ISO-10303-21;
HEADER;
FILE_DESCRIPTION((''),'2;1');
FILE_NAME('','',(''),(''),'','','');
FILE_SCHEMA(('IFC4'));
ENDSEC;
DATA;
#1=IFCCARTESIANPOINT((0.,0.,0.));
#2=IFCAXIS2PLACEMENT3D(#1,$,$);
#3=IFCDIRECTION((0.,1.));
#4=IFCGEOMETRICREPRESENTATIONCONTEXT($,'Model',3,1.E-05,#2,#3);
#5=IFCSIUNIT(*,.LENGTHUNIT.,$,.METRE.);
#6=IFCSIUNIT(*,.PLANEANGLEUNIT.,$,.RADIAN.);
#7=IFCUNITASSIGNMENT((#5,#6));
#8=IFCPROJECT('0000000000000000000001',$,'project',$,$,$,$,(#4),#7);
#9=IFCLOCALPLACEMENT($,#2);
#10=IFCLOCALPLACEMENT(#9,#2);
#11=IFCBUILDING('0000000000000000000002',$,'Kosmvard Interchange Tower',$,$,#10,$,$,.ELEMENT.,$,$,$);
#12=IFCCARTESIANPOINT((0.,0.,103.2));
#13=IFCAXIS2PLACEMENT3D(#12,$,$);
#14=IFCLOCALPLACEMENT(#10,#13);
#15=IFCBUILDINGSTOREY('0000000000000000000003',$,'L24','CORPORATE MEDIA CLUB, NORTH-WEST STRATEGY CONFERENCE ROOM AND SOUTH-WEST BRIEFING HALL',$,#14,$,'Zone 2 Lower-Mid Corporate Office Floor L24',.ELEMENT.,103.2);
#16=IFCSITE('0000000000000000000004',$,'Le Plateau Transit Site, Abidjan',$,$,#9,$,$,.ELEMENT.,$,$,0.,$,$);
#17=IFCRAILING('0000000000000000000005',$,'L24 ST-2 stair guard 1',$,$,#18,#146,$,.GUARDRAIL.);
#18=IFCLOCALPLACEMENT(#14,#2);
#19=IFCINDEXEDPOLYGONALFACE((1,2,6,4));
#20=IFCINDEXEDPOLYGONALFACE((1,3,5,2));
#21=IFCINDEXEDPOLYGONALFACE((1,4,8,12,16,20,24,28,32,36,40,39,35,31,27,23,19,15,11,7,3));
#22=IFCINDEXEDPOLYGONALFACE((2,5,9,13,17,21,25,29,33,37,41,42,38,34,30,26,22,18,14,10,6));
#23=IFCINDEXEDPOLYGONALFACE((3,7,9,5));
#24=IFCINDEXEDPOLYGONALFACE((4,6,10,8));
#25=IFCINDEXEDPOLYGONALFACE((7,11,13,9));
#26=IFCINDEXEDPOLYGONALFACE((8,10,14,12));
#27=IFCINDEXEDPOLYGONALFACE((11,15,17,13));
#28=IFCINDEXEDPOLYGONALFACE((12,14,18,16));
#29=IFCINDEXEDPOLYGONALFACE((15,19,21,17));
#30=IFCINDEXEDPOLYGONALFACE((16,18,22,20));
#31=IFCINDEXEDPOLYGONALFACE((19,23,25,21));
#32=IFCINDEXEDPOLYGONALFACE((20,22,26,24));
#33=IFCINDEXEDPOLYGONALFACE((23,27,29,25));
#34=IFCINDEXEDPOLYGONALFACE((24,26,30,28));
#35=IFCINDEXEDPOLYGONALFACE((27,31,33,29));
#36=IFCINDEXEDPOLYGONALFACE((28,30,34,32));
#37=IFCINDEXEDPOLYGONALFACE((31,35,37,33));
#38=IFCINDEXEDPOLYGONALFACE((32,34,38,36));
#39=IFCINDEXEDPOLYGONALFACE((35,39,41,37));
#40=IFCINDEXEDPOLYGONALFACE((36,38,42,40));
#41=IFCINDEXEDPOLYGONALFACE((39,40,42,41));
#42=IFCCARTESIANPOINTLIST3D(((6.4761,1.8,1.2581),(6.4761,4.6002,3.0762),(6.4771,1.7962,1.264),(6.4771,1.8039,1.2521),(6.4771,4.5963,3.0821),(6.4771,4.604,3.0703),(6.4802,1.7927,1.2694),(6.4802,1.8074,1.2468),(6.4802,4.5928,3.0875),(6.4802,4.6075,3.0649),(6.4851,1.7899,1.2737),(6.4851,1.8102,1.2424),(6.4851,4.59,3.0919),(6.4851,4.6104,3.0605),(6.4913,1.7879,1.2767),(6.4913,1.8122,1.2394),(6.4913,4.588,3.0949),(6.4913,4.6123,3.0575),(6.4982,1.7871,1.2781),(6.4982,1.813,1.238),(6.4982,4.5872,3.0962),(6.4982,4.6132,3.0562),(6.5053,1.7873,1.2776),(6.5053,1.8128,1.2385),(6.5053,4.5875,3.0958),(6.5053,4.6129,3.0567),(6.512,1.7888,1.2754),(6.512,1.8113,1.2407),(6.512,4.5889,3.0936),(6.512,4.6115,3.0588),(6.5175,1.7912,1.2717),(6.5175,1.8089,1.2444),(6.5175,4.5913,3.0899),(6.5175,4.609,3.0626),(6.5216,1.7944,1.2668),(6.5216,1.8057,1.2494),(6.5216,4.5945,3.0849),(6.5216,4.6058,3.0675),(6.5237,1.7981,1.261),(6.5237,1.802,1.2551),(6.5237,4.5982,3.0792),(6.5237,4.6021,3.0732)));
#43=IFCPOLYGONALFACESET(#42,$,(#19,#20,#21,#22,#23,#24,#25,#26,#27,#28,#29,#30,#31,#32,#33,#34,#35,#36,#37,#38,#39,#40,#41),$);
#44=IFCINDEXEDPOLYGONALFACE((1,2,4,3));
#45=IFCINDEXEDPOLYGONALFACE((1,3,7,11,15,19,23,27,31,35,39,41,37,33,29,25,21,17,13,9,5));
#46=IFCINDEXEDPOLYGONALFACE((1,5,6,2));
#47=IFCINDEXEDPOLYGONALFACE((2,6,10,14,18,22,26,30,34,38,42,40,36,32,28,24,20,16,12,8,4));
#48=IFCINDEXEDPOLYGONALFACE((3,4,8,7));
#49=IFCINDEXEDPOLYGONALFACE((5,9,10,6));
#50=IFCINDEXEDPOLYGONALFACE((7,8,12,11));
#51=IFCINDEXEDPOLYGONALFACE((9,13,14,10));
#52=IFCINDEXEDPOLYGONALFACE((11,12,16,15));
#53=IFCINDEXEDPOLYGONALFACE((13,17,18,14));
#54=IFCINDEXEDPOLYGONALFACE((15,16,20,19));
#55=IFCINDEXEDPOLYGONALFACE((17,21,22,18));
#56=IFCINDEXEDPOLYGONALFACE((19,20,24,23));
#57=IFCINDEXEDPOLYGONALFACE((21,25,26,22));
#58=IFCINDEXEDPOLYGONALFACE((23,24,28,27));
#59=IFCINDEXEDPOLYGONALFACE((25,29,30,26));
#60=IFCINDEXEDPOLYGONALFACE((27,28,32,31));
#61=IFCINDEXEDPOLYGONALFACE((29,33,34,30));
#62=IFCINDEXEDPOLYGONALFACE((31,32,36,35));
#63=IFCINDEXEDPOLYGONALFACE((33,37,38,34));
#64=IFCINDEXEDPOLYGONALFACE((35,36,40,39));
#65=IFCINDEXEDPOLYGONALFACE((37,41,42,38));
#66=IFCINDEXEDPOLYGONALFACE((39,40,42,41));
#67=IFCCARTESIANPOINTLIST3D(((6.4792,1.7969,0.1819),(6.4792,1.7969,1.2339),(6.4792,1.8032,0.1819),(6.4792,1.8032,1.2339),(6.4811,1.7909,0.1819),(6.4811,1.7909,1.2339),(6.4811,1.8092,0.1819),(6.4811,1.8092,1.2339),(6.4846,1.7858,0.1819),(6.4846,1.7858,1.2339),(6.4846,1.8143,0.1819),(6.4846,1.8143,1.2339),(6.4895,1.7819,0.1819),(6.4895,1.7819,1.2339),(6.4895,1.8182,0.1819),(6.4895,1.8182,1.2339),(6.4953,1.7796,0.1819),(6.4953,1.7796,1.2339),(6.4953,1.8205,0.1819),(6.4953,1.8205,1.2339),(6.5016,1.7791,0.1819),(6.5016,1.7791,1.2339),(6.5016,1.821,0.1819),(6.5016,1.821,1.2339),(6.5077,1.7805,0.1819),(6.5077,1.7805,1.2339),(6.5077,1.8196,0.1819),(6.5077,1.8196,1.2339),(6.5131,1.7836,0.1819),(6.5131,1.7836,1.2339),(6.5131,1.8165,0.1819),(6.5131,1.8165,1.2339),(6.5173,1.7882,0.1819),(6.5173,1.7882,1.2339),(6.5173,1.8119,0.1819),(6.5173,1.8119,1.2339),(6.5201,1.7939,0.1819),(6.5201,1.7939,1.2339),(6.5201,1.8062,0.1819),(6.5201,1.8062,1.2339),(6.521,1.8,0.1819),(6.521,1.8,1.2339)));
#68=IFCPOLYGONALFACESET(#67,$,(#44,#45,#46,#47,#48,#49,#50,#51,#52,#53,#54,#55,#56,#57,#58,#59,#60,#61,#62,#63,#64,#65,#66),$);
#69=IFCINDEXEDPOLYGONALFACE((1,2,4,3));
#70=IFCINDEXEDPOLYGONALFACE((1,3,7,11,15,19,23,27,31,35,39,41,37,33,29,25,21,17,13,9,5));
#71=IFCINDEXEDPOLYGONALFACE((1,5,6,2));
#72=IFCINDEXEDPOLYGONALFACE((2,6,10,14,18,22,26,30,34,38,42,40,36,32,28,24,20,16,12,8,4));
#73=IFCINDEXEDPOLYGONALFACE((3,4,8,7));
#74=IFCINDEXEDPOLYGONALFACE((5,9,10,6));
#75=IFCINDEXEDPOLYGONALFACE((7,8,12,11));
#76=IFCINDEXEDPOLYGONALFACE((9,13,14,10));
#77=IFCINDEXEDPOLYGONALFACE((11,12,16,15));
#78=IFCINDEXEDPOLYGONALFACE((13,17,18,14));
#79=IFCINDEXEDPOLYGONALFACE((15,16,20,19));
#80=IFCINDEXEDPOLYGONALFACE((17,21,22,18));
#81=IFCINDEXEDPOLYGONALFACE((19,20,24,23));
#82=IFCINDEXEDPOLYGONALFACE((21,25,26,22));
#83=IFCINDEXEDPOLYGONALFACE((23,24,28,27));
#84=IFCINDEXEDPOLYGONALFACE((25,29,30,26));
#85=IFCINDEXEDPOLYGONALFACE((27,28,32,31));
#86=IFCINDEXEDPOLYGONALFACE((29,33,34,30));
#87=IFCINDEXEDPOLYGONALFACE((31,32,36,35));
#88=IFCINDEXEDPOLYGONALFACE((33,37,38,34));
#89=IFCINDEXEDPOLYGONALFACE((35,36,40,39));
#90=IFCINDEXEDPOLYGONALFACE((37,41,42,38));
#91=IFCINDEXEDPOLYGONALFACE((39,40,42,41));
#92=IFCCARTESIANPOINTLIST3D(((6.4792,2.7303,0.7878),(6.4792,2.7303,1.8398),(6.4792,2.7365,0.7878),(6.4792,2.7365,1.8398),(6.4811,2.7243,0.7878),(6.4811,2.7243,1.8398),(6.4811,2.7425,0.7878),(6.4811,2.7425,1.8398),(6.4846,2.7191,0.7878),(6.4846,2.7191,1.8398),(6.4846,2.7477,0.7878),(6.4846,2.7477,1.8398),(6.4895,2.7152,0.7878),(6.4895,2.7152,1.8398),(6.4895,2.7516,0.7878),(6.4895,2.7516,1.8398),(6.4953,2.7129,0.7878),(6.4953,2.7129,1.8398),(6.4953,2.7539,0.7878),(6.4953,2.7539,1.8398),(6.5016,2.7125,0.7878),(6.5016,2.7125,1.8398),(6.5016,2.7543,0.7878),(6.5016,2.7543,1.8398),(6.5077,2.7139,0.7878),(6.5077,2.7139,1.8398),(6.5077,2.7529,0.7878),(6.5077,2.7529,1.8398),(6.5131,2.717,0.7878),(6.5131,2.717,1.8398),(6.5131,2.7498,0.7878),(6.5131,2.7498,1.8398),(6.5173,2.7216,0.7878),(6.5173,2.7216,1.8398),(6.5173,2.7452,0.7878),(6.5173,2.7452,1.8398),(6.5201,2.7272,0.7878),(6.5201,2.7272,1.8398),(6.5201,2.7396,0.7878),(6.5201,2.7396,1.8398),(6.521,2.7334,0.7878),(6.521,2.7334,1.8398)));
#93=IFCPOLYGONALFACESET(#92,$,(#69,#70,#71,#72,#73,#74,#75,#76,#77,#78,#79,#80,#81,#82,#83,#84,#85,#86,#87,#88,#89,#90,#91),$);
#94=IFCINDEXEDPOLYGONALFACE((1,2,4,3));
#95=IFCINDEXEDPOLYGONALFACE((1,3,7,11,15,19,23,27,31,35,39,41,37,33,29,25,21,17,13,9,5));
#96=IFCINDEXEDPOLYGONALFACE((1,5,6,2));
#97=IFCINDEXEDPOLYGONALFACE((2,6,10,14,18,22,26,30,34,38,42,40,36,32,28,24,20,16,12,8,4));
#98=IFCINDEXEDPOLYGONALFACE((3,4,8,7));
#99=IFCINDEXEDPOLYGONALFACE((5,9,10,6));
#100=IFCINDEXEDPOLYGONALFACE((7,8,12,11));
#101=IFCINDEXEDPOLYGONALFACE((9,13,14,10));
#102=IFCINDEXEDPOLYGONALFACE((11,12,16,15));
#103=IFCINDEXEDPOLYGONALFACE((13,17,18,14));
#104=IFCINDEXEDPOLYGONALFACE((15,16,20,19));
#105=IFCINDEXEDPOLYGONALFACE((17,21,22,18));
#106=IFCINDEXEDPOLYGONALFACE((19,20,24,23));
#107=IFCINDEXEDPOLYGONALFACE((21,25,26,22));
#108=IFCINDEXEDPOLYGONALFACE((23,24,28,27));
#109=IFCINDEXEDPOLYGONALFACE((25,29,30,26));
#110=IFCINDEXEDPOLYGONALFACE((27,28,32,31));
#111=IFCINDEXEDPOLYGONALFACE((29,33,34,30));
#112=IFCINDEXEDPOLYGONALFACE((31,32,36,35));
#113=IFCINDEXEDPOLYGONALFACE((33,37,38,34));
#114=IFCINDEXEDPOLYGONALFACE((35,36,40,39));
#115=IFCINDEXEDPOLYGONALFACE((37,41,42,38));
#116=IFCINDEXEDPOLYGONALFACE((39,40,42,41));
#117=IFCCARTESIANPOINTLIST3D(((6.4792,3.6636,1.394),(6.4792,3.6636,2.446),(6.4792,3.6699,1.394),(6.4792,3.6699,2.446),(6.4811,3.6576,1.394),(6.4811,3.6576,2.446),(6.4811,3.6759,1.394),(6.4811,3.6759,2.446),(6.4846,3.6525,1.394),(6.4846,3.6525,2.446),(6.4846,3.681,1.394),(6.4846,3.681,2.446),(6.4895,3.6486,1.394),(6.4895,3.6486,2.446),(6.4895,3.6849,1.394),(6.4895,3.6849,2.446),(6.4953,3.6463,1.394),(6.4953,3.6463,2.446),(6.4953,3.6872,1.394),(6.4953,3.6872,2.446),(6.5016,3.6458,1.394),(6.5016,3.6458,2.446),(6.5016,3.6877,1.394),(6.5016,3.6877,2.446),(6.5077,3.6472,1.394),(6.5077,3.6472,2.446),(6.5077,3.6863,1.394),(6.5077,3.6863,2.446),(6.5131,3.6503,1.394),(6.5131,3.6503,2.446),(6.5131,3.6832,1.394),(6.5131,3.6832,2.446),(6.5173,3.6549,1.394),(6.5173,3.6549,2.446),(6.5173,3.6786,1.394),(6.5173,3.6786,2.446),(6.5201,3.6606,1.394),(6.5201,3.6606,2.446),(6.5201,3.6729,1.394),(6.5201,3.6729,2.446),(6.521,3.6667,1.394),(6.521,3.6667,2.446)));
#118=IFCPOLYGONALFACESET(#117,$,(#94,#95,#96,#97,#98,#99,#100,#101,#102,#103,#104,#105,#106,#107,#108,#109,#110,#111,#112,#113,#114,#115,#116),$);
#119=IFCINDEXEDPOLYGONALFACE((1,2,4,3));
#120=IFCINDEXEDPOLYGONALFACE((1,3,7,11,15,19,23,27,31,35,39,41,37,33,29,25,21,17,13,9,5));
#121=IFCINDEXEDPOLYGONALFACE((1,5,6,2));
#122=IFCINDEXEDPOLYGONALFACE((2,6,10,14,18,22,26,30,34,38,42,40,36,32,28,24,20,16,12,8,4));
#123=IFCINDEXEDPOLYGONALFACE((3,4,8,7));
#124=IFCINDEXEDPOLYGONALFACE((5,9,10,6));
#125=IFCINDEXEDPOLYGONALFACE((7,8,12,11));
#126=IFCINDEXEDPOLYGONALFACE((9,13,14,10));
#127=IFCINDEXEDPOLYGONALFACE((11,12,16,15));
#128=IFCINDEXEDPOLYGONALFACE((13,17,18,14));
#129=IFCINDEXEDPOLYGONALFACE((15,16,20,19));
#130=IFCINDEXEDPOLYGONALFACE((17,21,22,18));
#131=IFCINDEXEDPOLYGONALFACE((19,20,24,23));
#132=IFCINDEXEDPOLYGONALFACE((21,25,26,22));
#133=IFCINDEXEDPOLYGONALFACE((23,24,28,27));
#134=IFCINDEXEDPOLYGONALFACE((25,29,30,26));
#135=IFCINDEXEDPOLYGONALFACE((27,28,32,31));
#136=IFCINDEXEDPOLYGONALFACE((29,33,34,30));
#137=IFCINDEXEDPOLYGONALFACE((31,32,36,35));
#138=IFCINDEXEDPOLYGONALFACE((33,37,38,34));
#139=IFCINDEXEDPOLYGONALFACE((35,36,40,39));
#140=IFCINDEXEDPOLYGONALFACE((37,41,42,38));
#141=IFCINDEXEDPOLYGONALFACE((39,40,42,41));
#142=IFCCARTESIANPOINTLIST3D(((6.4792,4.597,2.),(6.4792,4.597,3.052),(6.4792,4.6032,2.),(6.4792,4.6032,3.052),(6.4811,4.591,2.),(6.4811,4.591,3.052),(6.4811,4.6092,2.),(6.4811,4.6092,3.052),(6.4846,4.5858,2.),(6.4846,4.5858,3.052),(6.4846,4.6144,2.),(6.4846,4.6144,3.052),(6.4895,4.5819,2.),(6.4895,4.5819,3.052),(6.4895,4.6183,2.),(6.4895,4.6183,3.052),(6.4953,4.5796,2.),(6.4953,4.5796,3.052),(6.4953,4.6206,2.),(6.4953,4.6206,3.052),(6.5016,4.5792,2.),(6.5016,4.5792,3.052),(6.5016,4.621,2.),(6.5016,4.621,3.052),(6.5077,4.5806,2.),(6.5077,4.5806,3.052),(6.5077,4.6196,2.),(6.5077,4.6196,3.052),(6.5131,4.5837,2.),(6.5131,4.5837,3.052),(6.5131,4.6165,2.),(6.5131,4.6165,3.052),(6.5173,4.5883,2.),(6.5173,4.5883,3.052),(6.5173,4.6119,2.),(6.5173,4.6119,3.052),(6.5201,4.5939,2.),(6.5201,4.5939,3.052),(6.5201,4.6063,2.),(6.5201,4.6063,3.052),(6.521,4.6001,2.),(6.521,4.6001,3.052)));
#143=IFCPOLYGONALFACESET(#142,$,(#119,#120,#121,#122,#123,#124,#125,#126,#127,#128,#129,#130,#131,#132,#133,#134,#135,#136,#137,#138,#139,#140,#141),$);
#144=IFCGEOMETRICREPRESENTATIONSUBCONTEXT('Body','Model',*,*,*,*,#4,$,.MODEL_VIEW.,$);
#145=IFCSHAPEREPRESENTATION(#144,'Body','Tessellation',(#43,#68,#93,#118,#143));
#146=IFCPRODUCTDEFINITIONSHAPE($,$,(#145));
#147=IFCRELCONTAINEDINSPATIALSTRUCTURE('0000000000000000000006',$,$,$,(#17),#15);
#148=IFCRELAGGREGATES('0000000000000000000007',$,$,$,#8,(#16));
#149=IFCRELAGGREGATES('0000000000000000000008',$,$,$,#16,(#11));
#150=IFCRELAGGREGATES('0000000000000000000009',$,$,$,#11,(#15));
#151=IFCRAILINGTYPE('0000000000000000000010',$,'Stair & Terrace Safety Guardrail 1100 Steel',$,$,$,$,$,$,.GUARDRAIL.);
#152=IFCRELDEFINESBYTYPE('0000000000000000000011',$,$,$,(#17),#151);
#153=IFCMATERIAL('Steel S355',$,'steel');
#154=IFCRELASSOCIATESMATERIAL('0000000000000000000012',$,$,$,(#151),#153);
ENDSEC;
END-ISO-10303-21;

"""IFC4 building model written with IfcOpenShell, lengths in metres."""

from ifc_helpers import new_model, si_unit, direction, frame, origin, origin_2d, place, context, subcontext, project, spatial, circle, extrude, source, transform, mapped, material, type_object, element, save


model = new_model("IFC4")

# Units and contexts
model_context = context("Model", 3, precision=1e-05, world=origin(), true_north=direction((0.0, 1.0)))
body_context = subcontext(model_context, "Body", "Model", "MODEL_VIEW")
ifc_project = project(units=[si_unit("LENGTHUNIT", "METRE"), si_unit("PLANEANGLEUNIT", "RADIAN")], contexts=[model_context])

# Site, building, storey
site_placement = place(None, origin())
site = spatial("IfcSite", under=ifc_project, at=site_placement, Name="Le Plateau Transit Site, Abidjan", CompositionType="ELEMENT", RefElevation=0.0)
building_placement = place(site_placement, origin())
building = spatial("IfcBuilding", under=site, at=building_placement, Name="Kosmvard Interchange Tower", CompositionType="ELEMENT")
storey_placement = place(building_placement, frame((0.0, 0.0, 103.2)))
storey = spatial("IfcBuildingStorey", under=building, at=storey_placement, Name="L24", Description="CORPORATE MEDIA CLUB, NORTH-WEST STRATEGY CONFERENCE ROOM AND SOUTH-WEST BRIEFING HALL", LongName="Zone 2 Lower-Mid Corporate Office Floor L24", CompositionType="ELEMENT", Elevation=103.2)

# Shared definitions
ifc_material_1 = material(Name="Steel S355", Category="steel")

# Railing
railing_type_1 = type_object("IfcRailingType", Name="Stair & Terrace Safety Guardrail 1100 Steel", PredefinedType="GUARDRAIL", material=ifc_material_1)
shared_shape_1 = source(origin(), body_context, "Body", "SweptSolid", [
    extrude(circle(Radius=0.0239, at=origin_2d()), frame((0.0, 0.0, 1.0762), z_axis=(0.0, 0.838706, 0.544585), x_axis=(-1.0, 0.0, 0.0)), (0.0, 0.0, 1.0), 3.3386),
    extrude(circle(Radius=0.021, at=origin_2d()), origin(), (0.0, 0.0, 1.0), 1.052),
    extrude(circle(Radius=0.021, at=origin_2d()), frame((0.0, 0.9333, 0.606)), (0.0, 0.0, 1.0), 1.052),
    extrude(circle(Radius=0.021, at=origin_2d()), frame((0.0, 1.8667, 1.2122)), (0.0, 0.0, 1.0), 1.052),
    extrude(circle(Radius=0.021, at=origin_2d()), frame((0.0, 2.8, 1.8181)), (0.0, 0.0, 1.0), 1.052),
])
railing_1_placement = place(storey_placement, frame((6.5, 1.8, 0.1819)))
element("IfcRailing", 1, at=railing_1_placement, inside=storey, type_object=railing_type_1, Name="L24 ST-2 stair guard 1", PredefinedType="GUARDRAIL", context=body_context, shape_type="MappedRepresentation", body=[
    mapped(shared_shape_1, transform((0.0, 0.0, 0.0), scale=1.0)),
])

save(model, "model.ifc")
